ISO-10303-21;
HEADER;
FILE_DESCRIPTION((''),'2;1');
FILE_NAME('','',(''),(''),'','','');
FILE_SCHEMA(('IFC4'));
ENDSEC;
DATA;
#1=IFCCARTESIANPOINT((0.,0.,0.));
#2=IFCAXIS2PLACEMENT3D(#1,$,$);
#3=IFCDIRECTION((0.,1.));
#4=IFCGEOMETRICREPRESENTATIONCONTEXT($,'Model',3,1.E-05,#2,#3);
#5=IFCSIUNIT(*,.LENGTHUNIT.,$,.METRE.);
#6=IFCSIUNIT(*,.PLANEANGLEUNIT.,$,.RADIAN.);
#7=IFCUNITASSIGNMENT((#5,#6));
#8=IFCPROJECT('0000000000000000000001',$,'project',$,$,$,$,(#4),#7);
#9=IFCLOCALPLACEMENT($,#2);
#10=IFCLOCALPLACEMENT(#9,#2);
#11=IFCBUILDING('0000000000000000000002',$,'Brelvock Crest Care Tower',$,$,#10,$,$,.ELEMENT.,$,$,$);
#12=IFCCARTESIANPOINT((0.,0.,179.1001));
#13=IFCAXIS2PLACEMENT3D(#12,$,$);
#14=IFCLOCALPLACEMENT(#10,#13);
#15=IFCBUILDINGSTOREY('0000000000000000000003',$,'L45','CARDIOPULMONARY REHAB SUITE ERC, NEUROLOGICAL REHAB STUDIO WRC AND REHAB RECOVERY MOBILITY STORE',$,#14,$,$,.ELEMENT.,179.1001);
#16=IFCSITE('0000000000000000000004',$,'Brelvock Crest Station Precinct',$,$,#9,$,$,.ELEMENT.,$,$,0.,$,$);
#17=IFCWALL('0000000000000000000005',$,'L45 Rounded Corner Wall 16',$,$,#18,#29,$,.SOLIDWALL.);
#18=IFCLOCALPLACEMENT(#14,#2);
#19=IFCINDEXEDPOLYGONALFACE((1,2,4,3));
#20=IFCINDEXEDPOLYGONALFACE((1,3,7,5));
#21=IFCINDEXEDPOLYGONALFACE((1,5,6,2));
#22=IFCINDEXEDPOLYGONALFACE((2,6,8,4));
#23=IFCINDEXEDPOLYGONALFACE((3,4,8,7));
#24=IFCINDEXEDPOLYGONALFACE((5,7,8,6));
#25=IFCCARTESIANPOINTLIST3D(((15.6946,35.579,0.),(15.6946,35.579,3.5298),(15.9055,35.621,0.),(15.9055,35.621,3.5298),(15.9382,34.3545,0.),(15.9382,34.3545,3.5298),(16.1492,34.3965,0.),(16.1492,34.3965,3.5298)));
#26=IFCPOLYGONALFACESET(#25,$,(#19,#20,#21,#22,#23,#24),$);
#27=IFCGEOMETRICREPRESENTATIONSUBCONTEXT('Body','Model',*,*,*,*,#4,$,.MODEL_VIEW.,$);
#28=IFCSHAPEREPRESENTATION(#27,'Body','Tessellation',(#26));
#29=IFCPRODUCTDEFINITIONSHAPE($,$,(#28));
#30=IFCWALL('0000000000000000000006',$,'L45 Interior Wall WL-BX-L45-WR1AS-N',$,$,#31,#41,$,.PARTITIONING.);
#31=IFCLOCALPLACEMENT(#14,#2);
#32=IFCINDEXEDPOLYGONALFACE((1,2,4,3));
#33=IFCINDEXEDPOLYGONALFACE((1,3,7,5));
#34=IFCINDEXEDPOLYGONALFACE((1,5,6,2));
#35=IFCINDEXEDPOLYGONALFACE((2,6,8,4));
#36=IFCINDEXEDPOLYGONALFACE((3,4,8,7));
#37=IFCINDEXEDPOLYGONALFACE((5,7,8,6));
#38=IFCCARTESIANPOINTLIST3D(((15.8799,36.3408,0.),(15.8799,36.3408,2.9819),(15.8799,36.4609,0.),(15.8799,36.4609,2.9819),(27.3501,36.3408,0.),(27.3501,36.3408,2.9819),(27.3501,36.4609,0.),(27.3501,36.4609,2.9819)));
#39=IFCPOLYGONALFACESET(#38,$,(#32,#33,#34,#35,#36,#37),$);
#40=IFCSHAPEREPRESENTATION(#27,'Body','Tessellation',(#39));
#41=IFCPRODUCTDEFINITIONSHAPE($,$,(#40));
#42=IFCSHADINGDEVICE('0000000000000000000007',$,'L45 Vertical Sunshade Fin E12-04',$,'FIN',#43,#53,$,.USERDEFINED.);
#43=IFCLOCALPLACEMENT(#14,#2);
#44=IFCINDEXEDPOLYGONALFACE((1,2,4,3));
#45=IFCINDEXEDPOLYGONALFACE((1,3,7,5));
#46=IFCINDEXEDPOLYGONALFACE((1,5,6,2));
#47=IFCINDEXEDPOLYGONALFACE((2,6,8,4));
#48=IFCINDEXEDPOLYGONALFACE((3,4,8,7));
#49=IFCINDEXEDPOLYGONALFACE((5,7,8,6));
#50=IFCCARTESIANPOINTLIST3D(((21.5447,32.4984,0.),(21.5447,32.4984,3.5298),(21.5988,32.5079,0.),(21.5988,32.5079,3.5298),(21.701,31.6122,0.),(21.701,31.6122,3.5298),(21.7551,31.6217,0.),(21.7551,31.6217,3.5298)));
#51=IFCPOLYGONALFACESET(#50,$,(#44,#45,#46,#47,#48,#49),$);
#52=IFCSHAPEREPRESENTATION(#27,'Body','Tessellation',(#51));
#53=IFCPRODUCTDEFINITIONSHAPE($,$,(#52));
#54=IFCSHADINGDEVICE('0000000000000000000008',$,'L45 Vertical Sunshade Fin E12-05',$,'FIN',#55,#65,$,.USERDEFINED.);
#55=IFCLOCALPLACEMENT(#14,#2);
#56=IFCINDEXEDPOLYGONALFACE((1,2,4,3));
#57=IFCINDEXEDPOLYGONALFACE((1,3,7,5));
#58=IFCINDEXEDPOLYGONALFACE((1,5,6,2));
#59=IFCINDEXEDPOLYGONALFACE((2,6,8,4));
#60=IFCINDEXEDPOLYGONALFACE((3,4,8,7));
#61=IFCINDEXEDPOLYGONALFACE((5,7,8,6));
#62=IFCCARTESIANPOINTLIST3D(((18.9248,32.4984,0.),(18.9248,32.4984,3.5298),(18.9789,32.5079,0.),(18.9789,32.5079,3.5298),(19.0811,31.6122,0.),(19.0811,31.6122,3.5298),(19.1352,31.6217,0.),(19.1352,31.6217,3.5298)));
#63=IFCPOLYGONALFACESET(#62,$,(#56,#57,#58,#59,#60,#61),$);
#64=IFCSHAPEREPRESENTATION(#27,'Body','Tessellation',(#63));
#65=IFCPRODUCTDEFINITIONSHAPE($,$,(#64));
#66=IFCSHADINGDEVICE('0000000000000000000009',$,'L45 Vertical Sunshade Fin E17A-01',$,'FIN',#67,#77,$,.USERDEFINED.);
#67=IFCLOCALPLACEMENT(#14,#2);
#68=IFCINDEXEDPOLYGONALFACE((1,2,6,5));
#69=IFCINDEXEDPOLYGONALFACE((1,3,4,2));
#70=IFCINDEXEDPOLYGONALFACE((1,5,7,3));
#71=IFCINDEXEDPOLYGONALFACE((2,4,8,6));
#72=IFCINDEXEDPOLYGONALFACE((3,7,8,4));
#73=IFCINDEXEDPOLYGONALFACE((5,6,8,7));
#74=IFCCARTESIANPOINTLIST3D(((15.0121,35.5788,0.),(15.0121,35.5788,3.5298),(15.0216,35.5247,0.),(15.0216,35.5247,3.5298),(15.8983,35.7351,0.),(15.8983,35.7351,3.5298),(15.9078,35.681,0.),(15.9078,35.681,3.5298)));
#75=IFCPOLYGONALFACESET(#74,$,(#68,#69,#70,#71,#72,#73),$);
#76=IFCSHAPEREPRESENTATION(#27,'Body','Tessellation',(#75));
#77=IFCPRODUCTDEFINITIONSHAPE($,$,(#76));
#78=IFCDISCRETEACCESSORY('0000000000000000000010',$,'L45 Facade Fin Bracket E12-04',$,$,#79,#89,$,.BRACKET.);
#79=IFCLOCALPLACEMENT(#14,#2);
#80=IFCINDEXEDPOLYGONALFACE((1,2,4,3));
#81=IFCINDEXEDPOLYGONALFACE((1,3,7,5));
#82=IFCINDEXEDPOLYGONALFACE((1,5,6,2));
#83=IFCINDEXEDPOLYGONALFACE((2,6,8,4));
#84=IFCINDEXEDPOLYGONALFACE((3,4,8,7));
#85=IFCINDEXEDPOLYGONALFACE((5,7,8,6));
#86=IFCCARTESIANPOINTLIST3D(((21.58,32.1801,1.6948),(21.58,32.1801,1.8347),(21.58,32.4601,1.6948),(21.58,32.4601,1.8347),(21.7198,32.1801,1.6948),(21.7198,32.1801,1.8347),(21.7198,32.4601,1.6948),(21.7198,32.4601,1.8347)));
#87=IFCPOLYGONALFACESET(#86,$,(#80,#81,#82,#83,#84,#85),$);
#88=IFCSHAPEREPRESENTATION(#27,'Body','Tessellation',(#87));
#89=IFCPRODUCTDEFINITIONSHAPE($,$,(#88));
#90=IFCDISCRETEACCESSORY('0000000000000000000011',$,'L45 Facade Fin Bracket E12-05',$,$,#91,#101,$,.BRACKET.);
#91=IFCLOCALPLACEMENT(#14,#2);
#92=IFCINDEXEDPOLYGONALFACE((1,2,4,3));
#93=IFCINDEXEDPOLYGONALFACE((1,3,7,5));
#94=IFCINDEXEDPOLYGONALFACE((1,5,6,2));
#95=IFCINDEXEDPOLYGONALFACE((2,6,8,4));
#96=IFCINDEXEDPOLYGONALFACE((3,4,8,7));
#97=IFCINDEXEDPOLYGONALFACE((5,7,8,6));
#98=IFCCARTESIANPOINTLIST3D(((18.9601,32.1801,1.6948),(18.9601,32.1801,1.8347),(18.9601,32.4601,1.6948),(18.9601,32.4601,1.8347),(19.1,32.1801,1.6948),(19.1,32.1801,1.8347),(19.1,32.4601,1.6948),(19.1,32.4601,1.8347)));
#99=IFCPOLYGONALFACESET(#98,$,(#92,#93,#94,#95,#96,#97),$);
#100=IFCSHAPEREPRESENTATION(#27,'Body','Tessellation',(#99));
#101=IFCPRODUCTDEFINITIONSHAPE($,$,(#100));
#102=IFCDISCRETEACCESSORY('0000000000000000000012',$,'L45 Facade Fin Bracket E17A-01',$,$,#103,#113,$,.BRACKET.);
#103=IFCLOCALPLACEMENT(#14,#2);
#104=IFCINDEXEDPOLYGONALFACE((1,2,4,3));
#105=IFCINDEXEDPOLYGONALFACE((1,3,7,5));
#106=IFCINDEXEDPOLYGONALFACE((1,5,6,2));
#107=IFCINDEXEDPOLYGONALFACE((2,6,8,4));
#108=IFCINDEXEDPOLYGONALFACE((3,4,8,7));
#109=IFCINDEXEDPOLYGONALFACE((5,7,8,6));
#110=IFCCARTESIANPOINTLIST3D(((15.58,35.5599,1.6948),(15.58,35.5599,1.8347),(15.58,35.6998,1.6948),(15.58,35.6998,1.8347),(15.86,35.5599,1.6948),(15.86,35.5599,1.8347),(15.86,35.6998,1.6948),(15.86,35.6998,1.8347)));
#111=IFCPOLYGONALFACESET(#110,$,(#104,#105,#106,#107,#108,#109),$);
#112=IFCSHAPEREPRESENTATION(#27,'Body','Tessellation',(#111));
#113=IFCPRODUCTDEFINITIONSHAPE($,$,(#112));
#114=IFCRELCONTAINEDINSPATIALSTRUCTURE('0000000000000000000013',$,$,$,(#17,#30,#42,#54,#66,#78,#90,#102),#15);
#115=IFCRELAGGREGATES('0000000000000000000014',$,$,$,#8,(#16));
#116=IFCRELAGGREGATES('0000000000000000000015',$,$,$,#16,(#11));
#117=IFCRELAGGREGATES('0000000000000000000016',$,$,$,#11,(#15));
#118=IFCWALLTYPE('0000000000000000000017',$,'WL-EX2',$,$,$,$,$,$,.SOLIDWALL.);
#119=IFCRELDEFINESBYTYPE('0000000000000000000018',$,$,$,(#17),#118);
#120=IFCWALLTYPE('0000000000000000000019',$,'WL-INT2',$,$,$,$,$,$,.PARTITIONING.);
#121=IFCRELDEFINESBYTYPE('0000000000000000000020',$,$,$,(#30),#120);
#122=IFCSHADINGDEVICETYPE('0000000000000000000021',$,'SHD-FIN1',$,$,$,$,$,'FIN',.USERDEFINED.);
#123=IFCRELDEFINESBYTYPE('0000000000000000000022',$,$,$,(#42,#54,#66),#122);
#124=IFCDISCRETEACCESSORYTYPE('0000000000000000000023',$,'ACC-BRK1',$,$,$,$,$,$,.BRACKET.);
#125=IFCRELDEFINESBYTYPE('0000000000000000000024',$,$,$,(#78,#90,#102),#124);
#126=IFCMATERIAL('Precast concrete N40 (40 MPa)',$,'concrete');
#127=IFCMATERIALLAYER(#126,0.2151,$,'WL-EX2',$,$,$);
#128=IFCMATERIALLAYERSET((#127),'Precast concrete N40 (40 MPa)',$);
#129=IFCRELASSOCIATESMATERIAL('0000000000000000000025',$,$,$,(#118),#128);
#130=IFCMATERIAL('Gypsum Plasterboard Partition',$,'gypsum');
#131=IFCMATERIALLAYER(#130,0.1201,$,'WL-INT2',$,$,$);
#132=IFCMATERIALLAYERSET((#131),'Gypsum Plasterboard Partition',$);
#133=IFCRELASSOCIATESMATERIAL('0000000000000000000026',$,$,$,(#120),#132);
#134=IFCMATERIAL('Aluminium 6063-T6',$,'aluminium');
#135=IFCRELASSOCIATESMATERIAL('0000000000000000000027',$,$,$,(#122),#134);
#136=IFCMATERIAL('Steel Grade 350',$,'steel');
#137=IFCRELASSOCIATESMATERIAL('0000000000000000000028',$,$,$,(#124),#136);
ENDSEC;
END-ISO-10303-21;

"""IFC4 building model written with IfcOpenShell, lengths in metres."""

from ifc_helpers import new_model, si_unit, direction, frame, frame_2d, origin, origin_2d, place, context, subcontext, project, spatial, rectangle, extrude, source, transform, mapped, material, layer, layer_set, material_profile, profile_set, type_object, element, save


model = new_model("IFC4")

# Units and contexts
model_context = context("Model", 3, precision=1e-05, world=origin(), true_north=direction((0.0, 1.0)))
body_context = subcontext(model_context, "Body", "Model", "MODEL_VIEW")
ifc_project = project(units=[si_unit("LENGTHUNIT", "METRE"), si_unit("PLANEANGLEUNIT", "RADIAN")], contexts=[model_context])

# Site, building, storey
site_placement = place(None, origin())
site = spatial("IfcSite", under=ifc_project, at=site_placement, Name="Brelvock Crest Station Precinct", CompositionType="ELEMENT", RefElevation=0.0)
building_placement = place(site_placement, origin())
building = spatial("IfcBuilding", under=site, at=building_placement, Name="Brelvock Crest Care Tower", CompositionType="ELEMENT")
storey_placement = place(building_placement, frame((0.0, 0.0, 179.1001)))
storey = spatial("IfcBuildingStorey", under=building, at=storey_placement, Name="L45", Description="CARDIOPULMONARY REHAB SUITE ERC, NEUROLOGICAL REHAB STUDIO WRC AND REHAB RECOVERY MOBILITY STORE", CompositionType="ELEMENT", Elevation=179.1001)

# Shared definitions
ifc_material_1 = material(Name="Steel Grade 350", Category="steel")

# Shared definitions
ifc_material_2 = material(Name="Aluminium 6063-T6", Category="aluminium")

# Walls
ifc_material_3 = material(Name="Precast concrete N40 (40 MPa)", Category="concrete")
ifc_layer_1 = layer(ifc_material_3, 0.2151, Name="WL-EX2")
ifc_layer_set_1 = layer_set([ifc_layer_1], Name="Precast concrete N40 (40 MPa)")
wall_type_1 = type_object("IfcWallType", Name="WL-EX2", PredefinedType="SOLIDWALL", material=ifc_layer_set_1)
for number, where, z_axis, x_axis, name in (
    (1, (16.0437, 34.3755, 0.0), (0.0, 0.0, 1.0), (-0.195138, 0.980776, 0.0), "L45 Rounded Corner Wall 16"),
):
    element("IfcWall", number, at=place(storey_placement, frame(where, z_axis=z_axis, x_axis=x_axis)), inside=storey, type_object=wall_type_1, Name=name, PredefinedType="SOLIDWALL", context=body_context, shape_type="SweptSolid", body=[
        extrude(rectangle(XDim=1.2485, YDim=0.2151, at=frame_2d((0.6243, 0.0))), origin(), (0.0, 0.0, 1.0), 3.5298),
    ])
ifc_material_4 = material(Name="Gypsum Plasterboard Partition", Category="gypsum")
ifc_layer_2 = layer(ifc_material_4, 0.1201, Name="WL-INT2")
ifc_layer_set_2 = layer_set([ifc_layer_2], Name="Gypsum Plasterboard Partition")
wall_type_2 = type_object("IfcWallType", Name="WL-INT2", PredefinedType="PARTITIONING", material=ifc_layer_set_2)
wall_placement = place(storey_placement, frame((15.8799, 36.4009, 0.0), z_axis=(0.0, 0.0, 1.0), x_axis=(1.0, 0.0, 0.0)))
element("IfcWall", 2, at=wall_placement, inside=storey, type_object=wall_type_2, Name="L45 Interior Wall WL-BX-L45-WR1AS-N", PredefinedType="PARTITIONING", context=body_context, shape_type="SweptSolid", body=[
    extrude(rectangle(XDim=11.4702, YDim=0.1201, at=frame_2d((5.7351, 0.0))), origin(), (0.0, 0.0, 1.0), 2.9819),
])

# Shading devices
ifc_material_profile_1 = material_profile(ifc_material_2, rectangle(XDim=0.0549, YDim=0.8999, at=origin_2d()), Name="FIN55x900")
ifc_profile_set_1 = profile_set([ifc_material_profile_1], Name="Aluminium 6063-T6")
shading_device_type = type_object("IfcShadingDeviceType", Name="SHD-FIN1", ElementType="FIN", PredefinedType="USERDEFINED", material=ifc_profile_set_1)
shared_shape_1 = source(origin(), body_context, "Body", "SweptSolid", [
    extrude(rectangle(XDim=0.0549, YDim=0.8999, at=origin_2d()), origin(), (0.0, 0.0, 1.0), 3.5298),
])
for number, where, z_axis, x_axis, name in (
    (3, (21.6499, 32.0601, 0.0), (0.0, 0.0, 1.0), (-0.984808, -0.173648, 0.0), "L45 Vertical Sunshade Fin E12-04"),
    (4, (19.03, 32.0601, 0.0), (0.0, 0.0, 1.0), (-0.984808, -0.173648, 0.0), "L45 Vertical Sunshade Fin E12-05"),
    (5, (15.46, 35.6299, 0.0), (0.0, 0.0, 1.0), (-0.173648, 0.984808, 0.0), "L45 Vertical Sunshade Fin E17A-01"),
):
    element("IfcShadingDevice", number, at=place(storey_placement, frame(where, z_axis=z_axis, x_axis=x_axis)), inside=storey, type_object=shading_device_type, Name=name, ObjectType="FIN", PredefinedType="USERDEFINED", context=body_context, shape_type="MappedRepresentation", body=[
        mapped(shared_shape_1, transform((0.0, 0.0, 0.0), x_axis=(1.0, 0.0, 0.0), y_axis=(0.0, 1.0, 0.0), z_axis=(0.0, 0.0, 1.0), scale=1.0)),
    ])

# Discrete accessories
discrete_accessory_type = type_object("IfcDiscreteAccessoryType", Name="ACC-BRK1", PredefinedType="BRACKET", material=ifc_material_1)
shared_shape_2 = source(origin(), body_context, "Body", "SweptSolid", [
    extrude(rectangle(XDim=0.28, YDim=0.1399, at=origin_2d()), origin(), (0.0, 0.0, 1.0), 0.1399),
])
for number, where, z_axis, x_axis, name in (
    (6, (21.6499, 32.3201, 1.6948), (0.0, 0.0, 1.0), (0.0, -1.0, 0.0), "L45 Facade Fin Bracket E12-04"),
    (7, (19.03, 32.3201, 1.6948), (0.0, 0.0, 1.0), (0.0, -1.0, 0.0), "L45 Facade Fin Bracket E12-05"),
    (8, (15.72, 35.6299, 1.6948), (0.0, 0.0, 1.0), (-1.0, 0.0, 0.0), "L45 Facade Fin Bracket E17A-01"),
):
    element("IfcDiscreteAccessory", number, at=place(storey_placement, frame(where, z_axis=z_axis, x_axis=x_axis)), inside=storey, type_object=discrete_accessory_type, Name=name, PredefinedType="BRACKET", context=body_context, shape_type="MappedRepresentation", body=[
        mapped(shared_shape_2, transform((0.0, 0.0, 0.0), x_axis=(1.0, 0.0, 0.0), y_axis=(0.0, 1.0, 0.0), z_axis=(0.0, 0.0, 1.0), scale=1.0)),
    ])

save(model, "model.ifc")
